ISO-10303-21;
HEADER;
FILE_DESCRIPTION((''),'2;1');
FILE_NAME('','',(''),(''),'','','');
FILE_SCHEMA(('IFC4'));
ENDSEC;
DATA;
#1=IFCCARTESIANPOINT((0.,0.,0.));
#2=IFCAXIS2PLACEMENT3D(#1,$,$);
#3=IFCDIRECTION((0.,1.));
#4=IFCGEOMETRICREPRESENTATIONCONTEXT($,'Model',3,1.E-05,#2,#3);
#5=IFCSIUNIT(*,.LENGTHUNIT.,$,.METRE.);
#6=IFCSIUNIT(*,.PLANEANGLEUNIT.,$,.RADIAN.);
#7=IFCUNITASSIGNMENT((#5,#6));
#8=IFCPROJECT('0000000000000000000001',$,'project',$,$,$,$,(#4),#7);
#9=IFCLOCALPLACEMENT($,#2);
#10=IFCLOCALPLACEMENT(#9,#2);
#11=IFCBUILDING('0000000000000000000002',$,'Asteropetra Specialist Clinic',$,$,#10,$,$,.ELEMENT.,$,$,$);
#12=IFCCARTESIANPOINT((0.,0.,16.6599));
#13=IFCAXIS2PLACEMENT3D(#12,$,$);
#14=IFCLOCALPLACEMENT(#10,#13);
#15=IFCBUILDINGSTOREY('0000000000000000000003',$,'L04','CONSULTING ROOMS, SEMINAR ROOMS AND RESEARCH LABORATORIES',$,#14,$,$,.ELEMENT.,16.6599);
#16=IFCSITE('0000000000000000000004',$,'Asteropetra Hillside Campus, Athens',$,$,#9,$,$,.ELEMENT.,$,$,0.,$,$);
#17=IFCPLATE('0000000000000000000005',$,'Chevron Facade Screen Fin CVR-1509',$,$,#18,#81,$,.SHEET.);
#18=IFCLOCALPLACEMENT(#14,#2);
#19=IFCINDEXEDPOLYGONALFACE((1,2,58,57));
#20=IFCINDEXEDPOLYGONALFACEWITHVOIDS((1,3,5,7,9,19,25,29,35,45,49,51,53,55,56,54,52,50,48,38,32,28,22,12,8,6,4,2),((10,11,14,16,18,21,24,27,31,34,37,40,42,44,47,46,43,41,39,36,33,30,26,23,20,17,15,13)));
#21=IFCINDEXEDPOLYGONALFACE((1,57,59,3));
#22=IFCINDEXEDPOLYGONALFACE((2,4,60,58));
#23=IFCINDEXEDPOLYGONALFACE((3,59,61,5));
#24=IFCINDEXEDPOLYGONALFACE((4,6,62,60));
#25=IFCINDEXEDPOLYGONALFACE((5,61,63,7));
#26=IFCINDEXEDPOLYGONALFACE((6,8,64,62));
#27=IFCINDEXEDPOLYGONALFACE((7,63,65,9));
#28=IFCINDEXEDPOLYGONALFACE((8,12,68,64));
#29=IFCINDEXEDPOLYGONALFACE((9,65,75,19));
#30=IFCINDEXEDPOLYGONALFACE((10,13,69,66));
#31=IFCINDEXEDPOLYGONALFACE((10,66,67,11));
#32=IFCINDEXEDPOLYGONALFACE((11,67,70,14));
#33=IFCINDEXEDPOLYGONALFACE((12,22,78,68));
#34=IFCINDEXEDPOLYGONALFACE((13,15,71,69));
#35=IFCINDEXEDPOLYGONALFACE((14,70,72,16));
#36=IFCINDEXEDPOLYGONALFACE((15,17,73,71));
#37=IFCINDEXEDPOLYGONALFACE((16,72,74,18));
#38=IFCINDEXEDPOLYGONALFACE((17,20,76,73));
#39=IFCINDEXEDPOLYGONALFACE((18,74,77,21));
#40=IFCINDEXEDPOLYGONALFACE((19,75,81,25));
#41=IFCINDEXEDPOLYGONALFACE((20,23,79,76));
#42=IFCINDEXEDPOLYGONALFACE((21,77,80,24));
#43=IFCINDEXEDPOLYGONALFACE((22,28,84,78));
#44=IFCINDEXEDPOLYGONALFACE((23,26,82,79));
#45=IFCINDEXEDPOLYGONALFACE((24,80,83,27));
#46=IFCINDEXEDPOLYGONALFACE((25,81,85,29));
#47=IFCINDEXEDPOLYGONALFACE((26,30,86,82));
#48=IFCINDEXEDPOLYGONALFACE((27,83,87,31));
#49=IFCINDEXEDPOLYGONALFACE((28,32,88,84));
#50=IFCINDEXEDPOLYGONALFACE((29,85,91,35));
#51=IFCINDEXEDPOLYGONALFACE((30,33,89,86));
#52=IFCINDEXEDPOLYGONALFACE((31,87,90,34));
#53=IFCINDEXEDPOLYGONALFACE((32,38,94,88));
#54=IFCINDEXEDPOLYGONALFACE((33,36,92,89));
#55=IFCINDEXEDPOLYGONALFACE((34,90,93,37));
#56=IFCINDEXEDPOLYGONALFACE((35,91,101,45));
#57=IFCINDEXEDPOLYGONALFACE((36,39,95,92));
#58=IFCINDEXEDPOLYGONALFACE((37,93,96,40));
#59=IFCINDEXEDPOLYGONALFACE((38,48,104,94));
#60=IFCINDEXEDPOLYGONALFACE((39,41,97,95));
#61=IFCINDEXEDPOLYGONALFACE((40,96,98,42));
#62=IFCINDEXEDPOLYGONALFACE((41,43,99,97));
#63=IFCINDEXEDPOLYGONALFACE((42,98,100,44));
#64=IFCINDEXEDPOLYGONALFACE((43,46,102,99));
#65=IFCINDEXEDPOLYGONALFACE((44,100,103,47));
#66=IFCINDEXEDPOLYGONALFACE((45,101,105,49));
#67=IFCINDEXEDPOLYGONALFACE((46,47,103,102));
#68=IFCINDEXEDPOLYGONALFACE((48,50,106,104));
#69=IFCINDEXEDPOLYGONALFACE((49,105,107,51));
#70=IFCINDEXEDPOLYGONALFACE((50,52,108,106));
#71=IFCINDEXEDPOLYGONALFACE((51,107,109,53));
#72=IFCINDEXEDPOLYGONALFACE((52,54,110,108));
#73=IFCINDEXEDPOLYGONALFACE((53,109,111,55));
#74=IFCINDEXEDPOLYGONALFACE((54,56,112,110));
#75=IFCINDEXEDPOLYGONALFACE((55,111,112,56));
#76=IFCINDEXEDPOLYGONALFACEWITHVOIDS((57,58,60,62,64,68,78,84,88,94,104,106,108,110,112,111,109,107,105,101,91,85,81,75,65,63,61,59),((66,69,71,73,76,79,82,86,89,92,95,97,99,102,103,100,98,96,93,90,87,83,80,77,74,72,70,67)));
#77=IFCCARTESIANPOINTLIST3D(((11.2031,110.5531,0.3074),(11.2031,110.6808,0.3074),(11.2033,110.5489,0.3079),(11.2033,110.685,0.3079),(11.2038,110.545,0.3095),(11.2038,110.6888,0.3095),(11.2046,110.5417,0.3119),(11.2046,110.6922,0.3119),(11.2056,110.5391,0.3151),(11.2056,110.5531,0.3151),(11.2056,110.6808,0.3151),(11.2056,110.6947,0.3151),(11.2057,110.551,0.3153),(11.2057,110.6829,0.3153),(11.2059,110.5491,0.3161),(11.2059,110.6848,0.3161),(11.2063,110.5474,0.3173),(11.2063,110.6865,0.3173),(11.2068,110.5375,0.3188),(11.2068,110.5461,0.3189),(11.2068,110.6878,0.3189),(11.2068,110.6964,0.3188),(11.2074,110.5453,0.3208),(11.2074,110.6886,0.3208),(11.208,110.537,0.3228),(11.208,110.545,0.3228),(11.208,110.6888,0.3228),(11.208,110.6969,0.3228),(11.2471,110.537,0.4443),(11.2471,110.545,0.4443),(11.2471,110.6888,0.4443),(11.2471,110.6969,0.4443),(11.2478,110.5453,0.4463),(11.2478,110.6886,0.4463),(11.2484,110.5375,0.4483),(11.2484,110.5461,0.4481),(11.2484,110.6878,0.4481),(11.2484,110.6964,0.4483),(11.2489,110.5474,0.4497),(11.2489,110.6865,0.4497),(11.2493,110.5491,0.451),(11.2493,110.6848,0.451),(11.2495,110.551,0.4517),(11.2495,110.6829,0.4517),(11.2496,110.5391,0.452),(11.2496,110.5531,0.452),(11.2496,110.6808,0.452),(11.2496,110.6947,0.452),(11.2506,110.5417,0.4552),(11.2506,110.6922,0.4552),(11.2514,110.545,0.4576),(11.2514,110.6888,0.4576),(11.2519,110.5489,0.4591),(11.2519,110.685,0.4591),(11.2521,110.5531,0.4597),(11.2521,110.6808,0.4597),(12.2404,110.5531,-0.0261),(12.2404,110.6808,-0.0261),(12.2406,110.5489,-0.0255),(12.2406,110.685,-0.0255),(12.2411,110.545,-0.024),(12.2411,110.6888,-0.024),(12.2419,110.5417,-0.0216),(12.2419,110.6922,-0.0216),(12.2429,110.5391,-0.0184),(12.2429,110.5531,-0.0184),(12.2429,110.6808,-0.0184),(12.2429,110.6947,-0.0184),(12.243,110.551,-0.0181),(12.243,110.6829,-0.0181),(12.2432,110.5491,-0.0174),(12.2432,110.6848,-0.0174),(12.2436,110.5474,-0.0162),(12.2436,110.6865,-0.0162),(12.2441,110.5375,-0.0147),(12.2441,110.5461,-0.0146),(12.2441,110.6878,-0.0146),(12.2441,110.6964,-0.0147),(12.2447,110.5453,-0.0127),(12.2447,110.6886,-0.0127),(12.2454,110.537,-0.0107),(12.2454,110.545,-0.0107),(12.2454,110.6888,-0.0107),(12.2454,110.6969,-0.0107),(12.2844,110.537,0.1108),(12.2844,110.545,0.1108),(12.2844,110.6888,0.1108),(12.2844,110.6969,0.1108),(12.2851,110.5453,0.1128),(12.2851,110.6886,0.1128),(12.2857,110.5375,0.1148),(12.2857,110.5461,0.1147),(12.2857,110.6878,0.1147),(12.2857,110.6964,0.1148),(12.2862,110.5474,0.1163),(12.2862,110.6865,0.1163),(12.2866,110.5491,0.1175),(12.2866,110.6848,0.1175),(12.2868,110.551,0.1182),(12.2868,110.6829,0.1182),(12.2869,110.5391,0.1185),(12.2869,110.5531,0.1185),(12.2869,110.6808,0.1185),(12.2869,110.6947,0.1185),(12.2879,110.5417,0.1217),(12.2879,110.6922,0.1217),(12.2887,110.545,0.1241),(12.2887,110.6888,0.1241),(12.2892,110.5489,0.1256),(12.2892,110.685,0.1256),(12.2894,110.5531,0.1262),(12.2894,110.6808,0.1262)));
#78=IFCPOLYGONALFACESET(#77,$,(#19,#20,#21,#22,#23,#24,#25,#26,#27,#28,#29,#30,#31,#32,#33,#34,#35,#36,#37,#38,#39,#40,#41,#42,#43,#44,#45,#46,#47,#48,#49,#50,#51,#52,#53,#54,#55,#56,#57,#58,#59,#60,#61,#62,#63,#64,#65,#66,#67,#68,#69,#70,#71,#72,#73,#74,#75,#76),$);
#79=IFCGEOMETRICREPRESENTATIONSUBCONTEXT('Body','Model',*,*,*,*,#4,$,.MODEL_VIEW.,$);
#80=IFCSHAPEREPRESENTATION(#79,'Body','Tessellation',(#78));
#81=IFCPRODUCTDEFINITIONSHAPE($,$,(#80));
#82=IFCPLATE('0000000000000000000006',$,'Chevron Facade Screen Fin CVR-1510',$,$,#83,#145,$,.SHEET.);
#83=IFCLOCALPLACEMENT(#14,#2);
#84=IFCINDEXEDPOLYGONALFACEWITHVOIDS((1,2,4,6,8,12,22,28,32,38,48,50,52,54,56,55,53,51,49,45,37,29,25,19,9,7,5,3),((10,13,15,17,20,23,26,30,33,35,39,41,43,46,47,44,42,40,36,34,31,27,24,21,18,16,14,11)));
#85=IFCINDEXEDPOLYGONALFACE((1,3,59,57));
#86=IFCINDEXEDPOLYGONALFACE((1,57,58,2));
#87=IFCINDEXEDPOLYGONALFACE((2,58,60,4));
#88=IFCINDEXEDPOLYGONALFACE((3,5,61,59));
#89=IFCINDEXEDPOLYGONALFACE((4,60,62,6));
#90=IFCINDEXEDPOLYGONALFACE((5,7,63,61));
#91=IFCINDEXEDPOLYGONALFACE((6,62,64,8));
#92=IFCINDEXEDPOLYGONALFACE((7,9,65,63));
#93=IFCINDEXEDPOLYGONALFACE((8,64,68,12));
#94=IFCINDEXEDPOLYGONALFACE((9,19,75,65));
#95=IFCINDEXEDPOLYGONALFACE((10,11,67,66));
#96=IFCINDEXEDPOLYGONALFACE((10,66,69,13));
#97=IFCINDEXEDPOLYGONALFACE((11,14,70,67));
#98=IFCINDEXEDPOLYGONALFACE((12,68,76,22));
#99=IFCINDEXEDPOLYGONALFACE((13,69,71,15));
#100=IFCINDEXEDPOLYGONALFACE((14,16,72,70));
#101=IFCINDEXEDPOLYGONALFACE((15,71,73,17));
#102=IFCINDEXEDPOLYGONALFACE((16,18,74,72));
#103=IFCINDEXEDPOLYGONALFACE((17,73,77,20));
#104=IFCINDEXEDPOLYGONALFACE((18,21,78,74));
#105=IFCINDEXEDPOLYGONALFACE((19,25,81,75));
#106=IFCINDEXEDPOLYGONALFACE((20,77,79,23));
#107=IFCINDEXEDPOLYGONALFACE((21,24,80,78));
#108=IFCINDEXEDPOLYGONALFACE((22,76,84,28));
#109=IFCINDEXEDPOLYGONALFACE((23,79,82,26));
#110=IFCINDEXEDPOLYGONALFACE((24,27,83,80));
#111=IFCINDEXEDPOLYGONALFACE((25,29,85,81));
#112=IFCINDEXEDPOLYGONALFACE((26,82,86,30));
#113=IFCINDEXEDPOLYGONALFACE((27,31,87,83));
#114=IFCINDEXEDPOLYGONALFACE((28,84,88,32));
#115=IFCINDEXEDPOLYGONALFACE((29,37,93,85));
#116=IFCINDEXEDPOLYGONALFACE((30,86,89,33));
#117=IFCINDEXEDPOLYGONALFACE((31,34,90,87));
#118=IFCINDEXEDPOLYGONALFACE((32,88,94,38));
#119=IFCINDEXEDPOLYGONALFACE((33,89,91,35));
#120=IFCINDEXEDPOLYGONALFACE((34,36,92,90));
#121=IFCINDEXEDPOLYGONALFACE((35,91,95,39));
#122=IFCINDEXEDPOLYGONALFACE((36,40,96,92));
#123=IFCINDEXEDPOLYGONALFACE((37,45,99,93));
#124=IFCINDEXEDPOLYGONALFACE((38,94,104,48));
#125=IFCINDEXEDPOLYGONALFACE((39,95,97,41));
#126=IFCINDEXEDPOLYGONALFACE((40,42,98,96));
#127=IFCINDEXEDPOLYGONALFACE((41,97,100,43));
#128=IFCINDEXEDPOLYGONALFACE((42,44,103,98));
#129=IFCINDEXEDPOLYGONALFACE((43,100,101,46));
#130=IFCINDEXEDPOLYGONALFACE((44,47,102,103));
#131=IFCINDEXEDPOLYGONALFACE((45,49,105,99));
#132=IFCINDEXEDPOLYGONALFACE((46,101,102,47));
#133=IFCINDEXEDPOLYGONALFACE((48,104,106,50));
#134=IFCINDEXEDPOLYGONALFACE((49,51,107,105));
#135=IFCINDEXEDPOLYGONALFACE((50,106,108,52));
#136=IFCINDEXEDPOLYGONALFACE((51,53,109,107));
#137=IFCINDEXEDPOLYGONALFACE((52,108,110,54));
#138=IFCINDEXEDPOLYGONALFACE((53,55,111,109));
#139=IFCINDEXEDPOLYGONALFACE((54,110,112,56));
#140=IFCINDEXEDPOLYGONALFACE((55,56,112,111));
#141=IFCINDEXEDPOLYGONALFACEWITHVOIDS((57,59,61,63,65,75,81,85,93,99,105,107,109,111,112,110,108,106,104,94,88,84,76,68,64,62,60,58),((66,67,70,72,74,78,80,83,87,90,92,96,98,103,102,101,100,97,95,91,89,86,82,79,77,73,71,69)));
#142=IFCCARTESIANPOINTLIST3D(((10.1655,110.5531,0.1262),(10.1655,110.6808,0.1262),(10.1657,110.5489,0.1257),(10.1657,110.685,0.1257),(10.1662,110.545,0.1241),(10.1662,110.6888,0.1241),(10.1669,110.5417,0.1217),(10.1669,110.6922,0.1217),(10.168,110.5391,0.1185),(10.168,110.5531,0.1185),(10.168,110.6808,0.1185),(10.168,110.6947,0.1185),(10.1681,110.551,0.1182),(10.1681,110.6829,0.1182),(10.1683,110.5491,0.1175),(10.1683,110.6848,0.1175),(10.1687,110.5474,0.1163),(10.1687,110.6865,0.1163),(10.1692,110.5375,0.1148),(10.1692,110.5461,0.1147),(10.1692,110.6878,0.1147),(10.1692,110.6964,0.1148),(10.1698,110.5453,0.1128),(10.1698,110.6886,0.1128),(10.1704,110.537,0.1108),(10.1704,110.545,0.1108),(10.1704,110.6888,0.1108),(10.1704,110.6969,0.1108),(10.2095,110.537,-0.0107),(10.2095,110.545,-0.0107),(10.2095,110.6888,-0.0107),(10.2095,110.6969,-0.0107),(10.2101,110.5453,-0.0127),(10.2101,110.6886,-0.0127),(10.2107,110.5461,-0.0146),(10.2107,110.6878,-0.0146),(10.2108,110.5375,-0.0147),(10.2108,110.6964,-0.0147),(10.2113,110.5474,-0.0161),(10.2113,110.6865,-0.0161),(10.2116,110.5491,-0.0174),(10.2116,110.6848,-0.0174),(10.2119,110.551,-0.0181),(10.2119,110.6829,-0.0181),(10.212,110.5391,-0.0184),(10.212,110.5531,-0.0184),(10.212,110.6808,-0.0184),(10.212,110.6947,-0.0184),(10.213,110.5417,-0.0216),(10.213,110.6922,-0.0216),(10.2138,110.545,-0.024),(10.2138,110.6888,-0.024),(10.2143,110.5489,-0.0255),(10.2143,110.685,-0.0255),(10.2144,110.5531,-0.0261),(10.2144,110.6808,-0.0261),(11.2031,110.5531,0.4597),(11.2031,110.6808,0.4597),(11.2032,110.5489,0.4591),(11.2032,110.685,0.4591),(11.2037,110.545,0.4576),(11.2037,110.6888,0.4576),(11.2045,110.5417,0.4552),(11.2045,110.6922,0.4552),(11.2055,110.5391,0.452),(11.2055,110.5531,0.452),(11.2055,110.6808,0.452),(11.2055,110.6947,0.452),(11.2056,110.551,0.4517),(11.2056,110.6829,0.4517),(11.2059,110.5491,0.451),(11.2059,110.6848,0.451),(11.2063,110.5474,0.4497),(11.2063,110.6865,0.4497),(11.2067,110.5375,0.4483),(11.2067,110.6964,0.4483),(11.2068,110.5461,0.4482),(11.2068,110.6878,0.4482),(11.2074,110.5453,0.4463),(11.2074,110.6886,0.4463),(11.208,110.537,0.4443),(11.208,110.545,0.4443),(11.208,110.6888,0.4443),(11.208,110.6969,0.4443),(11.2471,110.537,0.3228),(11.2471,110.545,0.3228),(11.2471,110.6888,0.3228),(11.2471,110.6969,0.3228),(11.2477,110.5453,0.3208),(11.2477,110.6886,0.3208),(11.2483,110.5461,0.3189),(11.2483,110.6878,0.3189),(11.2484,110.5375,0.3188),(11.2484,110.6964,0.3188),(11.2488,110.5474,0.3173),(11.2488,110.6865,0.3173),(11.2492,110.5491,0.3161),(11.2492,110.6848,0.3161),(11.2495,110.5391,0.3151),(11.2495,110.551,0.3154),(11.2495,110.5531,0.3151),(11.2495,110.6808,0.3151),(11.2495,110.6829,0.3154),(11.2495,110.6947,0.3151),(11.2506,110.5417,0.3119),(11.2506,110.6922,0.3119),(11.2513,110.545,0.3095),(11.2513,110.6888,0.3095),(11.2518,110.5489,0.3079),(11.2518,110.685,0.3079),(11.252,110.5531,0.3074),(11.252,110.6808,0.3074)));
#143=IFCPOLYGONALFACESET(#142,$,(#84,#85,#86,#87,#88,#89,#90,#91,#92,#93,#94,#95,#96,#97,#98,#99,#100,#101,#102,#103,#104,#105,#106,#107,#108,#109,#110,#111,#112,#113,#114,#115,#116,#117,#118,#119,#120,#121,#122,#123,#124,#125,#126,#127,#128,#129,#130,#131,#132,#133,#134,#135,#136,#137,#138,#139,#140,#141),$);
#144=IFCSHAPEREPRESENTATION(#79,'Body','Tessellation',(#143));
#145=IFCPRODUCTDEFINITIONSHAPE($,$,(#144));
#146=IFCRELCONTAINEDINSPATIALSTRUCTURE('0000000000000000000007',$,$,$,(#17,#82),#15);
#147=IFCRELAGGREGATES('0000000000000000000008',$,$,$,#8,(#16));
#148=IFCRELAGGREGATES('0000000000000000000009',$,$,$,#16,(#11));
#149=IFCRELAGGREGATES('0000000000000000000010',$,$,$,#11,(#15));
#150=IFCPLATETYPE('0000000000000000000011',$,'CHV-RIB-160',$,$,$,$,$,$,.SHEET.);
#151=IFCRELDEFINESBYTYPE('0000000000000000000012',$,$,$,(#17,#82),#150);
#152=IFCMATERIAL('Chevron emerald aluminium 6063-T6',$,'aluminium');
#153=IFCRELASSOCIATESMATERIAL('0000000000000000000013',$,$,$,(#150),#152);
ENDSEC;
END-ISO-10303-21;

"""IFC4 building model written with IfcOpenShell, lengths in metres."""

from ifc_helpers import new_model, si_unit, direction, frame, origin, origin_2d, place, context, subcontext, project, spatial, hollow_rectangle, extrude, material, material_profile, profile_set, type_object, element, save


model = new_model("IFC4")

# Units and contexts
model_context = context("Model", 3, precision=1e-05, world=origin(), true_north=direction((0.0, 1.0)))
body_context = subcontext(model_context, "Body", "Model", "MODEL_VIEW")
ifc_project = project(units=[si_unit("LENGTHUNIT", "METRE"), si_unit("PLANEANGLEUNIT", "RADIAN")], contexts=[model_context])

# Site, building, storey
site_placement = place(None, origin())
site = spatial("IfcSite", under=ifc_project, at=site_placement, Name="Asteropetra Hillside Campus, Athens", CompositionType="ELEMENT", RefElevation=0.0)
building_placement = place(site_placement, origin())
building = spatial("IfcBuilding", under=site, at=building_placement, Name="Asteropetra Specialist Clinic", CompositionType="ELEMENT")
storey_placement = place(building_placement, frame((0.0, 0.0, 16.6599)))
storey = spatial("IfcBuildingStorey", under=building, at=storey_placement, Name="L04", Description="CONSULTING ROOMS, SEMINAR ROOMS AND RESEARCH LABORATORIES", CompositionType="ELEMENT", Elevation=16.6599)

# Plates
ifc_material_1 = material(Name="Chevron emerald aluminium 6063-T6", Category="aluminium")
ifc_material_profile_1 = material_profile(ifc_material_1, hollow_rectangle(XDim=0.1599, YDim=0.1599, WallThickness=0.0081, InnerFilletRadius=0.0081, OuterFilletRadius=0.0161, at=origin_2d()), Name="SHS 160x160x8.0")
ifc_profile_set_1 = profile_set([ifc_material_profile_1], Name="Chevron emerald aluminium 6063-T6")
plate_type_1 = type_object("IfcPlateType", Name="CHV-RIB-160", PredefinedType="SHEET", material=ifc_profile_set_1)
plate_1_placement = place(storey_placement, frame((12.2649, 110.6169, 0.05), z_axis=(-0.952012, 0.0, 0.30606), x_axis=(0.0, -1.0, 0.0)))
element("IfcPlate", 1, at=plate_1_placement, inside=storey, type_object=plate_type_1, Name="Chevron Facade Screen Fin CVR-1509", PredefinedType="SHEET", context=body_context, shape_type="SweptSolid", body=[
    extrude(hollow_rectangle(XDim=0.1599, YDim=0.1599, WallThickness=0.0081, InnerFilletRadius=0.0081, OuterFilletRadius=0.0161, at=origin_2d()), origin(), (0.0, 0.0, 1.0), 1.0896),
])
plate_2_placement = place(storey_placement, frame((11.2275, 110.6169, 0.3835), z_axis=(-0.952033, 0.0, -0.305995), x_axis=(0.0, -1.0, 0.0)))
element("IfcPlate", 2, at=plate_2_placement, inside=storey, type_object=plate_type_1, Name="Chevron Facade Screen Fin CVR-1510", PredefinedType="SHEET", context=body_context, shape_type="SweptSolid", body=[
    extrude(hollow_rectangle(XDim=0.1599, YDim=0.1599, WallThickness=0.0081, InnerFilletRadius=0.0081, OuterFilletRadius=0.0161, at=origin_2d()), origin(), (0.0, 0.0, 1.0), 1.0898),
])

save(model, "model.ifc")
